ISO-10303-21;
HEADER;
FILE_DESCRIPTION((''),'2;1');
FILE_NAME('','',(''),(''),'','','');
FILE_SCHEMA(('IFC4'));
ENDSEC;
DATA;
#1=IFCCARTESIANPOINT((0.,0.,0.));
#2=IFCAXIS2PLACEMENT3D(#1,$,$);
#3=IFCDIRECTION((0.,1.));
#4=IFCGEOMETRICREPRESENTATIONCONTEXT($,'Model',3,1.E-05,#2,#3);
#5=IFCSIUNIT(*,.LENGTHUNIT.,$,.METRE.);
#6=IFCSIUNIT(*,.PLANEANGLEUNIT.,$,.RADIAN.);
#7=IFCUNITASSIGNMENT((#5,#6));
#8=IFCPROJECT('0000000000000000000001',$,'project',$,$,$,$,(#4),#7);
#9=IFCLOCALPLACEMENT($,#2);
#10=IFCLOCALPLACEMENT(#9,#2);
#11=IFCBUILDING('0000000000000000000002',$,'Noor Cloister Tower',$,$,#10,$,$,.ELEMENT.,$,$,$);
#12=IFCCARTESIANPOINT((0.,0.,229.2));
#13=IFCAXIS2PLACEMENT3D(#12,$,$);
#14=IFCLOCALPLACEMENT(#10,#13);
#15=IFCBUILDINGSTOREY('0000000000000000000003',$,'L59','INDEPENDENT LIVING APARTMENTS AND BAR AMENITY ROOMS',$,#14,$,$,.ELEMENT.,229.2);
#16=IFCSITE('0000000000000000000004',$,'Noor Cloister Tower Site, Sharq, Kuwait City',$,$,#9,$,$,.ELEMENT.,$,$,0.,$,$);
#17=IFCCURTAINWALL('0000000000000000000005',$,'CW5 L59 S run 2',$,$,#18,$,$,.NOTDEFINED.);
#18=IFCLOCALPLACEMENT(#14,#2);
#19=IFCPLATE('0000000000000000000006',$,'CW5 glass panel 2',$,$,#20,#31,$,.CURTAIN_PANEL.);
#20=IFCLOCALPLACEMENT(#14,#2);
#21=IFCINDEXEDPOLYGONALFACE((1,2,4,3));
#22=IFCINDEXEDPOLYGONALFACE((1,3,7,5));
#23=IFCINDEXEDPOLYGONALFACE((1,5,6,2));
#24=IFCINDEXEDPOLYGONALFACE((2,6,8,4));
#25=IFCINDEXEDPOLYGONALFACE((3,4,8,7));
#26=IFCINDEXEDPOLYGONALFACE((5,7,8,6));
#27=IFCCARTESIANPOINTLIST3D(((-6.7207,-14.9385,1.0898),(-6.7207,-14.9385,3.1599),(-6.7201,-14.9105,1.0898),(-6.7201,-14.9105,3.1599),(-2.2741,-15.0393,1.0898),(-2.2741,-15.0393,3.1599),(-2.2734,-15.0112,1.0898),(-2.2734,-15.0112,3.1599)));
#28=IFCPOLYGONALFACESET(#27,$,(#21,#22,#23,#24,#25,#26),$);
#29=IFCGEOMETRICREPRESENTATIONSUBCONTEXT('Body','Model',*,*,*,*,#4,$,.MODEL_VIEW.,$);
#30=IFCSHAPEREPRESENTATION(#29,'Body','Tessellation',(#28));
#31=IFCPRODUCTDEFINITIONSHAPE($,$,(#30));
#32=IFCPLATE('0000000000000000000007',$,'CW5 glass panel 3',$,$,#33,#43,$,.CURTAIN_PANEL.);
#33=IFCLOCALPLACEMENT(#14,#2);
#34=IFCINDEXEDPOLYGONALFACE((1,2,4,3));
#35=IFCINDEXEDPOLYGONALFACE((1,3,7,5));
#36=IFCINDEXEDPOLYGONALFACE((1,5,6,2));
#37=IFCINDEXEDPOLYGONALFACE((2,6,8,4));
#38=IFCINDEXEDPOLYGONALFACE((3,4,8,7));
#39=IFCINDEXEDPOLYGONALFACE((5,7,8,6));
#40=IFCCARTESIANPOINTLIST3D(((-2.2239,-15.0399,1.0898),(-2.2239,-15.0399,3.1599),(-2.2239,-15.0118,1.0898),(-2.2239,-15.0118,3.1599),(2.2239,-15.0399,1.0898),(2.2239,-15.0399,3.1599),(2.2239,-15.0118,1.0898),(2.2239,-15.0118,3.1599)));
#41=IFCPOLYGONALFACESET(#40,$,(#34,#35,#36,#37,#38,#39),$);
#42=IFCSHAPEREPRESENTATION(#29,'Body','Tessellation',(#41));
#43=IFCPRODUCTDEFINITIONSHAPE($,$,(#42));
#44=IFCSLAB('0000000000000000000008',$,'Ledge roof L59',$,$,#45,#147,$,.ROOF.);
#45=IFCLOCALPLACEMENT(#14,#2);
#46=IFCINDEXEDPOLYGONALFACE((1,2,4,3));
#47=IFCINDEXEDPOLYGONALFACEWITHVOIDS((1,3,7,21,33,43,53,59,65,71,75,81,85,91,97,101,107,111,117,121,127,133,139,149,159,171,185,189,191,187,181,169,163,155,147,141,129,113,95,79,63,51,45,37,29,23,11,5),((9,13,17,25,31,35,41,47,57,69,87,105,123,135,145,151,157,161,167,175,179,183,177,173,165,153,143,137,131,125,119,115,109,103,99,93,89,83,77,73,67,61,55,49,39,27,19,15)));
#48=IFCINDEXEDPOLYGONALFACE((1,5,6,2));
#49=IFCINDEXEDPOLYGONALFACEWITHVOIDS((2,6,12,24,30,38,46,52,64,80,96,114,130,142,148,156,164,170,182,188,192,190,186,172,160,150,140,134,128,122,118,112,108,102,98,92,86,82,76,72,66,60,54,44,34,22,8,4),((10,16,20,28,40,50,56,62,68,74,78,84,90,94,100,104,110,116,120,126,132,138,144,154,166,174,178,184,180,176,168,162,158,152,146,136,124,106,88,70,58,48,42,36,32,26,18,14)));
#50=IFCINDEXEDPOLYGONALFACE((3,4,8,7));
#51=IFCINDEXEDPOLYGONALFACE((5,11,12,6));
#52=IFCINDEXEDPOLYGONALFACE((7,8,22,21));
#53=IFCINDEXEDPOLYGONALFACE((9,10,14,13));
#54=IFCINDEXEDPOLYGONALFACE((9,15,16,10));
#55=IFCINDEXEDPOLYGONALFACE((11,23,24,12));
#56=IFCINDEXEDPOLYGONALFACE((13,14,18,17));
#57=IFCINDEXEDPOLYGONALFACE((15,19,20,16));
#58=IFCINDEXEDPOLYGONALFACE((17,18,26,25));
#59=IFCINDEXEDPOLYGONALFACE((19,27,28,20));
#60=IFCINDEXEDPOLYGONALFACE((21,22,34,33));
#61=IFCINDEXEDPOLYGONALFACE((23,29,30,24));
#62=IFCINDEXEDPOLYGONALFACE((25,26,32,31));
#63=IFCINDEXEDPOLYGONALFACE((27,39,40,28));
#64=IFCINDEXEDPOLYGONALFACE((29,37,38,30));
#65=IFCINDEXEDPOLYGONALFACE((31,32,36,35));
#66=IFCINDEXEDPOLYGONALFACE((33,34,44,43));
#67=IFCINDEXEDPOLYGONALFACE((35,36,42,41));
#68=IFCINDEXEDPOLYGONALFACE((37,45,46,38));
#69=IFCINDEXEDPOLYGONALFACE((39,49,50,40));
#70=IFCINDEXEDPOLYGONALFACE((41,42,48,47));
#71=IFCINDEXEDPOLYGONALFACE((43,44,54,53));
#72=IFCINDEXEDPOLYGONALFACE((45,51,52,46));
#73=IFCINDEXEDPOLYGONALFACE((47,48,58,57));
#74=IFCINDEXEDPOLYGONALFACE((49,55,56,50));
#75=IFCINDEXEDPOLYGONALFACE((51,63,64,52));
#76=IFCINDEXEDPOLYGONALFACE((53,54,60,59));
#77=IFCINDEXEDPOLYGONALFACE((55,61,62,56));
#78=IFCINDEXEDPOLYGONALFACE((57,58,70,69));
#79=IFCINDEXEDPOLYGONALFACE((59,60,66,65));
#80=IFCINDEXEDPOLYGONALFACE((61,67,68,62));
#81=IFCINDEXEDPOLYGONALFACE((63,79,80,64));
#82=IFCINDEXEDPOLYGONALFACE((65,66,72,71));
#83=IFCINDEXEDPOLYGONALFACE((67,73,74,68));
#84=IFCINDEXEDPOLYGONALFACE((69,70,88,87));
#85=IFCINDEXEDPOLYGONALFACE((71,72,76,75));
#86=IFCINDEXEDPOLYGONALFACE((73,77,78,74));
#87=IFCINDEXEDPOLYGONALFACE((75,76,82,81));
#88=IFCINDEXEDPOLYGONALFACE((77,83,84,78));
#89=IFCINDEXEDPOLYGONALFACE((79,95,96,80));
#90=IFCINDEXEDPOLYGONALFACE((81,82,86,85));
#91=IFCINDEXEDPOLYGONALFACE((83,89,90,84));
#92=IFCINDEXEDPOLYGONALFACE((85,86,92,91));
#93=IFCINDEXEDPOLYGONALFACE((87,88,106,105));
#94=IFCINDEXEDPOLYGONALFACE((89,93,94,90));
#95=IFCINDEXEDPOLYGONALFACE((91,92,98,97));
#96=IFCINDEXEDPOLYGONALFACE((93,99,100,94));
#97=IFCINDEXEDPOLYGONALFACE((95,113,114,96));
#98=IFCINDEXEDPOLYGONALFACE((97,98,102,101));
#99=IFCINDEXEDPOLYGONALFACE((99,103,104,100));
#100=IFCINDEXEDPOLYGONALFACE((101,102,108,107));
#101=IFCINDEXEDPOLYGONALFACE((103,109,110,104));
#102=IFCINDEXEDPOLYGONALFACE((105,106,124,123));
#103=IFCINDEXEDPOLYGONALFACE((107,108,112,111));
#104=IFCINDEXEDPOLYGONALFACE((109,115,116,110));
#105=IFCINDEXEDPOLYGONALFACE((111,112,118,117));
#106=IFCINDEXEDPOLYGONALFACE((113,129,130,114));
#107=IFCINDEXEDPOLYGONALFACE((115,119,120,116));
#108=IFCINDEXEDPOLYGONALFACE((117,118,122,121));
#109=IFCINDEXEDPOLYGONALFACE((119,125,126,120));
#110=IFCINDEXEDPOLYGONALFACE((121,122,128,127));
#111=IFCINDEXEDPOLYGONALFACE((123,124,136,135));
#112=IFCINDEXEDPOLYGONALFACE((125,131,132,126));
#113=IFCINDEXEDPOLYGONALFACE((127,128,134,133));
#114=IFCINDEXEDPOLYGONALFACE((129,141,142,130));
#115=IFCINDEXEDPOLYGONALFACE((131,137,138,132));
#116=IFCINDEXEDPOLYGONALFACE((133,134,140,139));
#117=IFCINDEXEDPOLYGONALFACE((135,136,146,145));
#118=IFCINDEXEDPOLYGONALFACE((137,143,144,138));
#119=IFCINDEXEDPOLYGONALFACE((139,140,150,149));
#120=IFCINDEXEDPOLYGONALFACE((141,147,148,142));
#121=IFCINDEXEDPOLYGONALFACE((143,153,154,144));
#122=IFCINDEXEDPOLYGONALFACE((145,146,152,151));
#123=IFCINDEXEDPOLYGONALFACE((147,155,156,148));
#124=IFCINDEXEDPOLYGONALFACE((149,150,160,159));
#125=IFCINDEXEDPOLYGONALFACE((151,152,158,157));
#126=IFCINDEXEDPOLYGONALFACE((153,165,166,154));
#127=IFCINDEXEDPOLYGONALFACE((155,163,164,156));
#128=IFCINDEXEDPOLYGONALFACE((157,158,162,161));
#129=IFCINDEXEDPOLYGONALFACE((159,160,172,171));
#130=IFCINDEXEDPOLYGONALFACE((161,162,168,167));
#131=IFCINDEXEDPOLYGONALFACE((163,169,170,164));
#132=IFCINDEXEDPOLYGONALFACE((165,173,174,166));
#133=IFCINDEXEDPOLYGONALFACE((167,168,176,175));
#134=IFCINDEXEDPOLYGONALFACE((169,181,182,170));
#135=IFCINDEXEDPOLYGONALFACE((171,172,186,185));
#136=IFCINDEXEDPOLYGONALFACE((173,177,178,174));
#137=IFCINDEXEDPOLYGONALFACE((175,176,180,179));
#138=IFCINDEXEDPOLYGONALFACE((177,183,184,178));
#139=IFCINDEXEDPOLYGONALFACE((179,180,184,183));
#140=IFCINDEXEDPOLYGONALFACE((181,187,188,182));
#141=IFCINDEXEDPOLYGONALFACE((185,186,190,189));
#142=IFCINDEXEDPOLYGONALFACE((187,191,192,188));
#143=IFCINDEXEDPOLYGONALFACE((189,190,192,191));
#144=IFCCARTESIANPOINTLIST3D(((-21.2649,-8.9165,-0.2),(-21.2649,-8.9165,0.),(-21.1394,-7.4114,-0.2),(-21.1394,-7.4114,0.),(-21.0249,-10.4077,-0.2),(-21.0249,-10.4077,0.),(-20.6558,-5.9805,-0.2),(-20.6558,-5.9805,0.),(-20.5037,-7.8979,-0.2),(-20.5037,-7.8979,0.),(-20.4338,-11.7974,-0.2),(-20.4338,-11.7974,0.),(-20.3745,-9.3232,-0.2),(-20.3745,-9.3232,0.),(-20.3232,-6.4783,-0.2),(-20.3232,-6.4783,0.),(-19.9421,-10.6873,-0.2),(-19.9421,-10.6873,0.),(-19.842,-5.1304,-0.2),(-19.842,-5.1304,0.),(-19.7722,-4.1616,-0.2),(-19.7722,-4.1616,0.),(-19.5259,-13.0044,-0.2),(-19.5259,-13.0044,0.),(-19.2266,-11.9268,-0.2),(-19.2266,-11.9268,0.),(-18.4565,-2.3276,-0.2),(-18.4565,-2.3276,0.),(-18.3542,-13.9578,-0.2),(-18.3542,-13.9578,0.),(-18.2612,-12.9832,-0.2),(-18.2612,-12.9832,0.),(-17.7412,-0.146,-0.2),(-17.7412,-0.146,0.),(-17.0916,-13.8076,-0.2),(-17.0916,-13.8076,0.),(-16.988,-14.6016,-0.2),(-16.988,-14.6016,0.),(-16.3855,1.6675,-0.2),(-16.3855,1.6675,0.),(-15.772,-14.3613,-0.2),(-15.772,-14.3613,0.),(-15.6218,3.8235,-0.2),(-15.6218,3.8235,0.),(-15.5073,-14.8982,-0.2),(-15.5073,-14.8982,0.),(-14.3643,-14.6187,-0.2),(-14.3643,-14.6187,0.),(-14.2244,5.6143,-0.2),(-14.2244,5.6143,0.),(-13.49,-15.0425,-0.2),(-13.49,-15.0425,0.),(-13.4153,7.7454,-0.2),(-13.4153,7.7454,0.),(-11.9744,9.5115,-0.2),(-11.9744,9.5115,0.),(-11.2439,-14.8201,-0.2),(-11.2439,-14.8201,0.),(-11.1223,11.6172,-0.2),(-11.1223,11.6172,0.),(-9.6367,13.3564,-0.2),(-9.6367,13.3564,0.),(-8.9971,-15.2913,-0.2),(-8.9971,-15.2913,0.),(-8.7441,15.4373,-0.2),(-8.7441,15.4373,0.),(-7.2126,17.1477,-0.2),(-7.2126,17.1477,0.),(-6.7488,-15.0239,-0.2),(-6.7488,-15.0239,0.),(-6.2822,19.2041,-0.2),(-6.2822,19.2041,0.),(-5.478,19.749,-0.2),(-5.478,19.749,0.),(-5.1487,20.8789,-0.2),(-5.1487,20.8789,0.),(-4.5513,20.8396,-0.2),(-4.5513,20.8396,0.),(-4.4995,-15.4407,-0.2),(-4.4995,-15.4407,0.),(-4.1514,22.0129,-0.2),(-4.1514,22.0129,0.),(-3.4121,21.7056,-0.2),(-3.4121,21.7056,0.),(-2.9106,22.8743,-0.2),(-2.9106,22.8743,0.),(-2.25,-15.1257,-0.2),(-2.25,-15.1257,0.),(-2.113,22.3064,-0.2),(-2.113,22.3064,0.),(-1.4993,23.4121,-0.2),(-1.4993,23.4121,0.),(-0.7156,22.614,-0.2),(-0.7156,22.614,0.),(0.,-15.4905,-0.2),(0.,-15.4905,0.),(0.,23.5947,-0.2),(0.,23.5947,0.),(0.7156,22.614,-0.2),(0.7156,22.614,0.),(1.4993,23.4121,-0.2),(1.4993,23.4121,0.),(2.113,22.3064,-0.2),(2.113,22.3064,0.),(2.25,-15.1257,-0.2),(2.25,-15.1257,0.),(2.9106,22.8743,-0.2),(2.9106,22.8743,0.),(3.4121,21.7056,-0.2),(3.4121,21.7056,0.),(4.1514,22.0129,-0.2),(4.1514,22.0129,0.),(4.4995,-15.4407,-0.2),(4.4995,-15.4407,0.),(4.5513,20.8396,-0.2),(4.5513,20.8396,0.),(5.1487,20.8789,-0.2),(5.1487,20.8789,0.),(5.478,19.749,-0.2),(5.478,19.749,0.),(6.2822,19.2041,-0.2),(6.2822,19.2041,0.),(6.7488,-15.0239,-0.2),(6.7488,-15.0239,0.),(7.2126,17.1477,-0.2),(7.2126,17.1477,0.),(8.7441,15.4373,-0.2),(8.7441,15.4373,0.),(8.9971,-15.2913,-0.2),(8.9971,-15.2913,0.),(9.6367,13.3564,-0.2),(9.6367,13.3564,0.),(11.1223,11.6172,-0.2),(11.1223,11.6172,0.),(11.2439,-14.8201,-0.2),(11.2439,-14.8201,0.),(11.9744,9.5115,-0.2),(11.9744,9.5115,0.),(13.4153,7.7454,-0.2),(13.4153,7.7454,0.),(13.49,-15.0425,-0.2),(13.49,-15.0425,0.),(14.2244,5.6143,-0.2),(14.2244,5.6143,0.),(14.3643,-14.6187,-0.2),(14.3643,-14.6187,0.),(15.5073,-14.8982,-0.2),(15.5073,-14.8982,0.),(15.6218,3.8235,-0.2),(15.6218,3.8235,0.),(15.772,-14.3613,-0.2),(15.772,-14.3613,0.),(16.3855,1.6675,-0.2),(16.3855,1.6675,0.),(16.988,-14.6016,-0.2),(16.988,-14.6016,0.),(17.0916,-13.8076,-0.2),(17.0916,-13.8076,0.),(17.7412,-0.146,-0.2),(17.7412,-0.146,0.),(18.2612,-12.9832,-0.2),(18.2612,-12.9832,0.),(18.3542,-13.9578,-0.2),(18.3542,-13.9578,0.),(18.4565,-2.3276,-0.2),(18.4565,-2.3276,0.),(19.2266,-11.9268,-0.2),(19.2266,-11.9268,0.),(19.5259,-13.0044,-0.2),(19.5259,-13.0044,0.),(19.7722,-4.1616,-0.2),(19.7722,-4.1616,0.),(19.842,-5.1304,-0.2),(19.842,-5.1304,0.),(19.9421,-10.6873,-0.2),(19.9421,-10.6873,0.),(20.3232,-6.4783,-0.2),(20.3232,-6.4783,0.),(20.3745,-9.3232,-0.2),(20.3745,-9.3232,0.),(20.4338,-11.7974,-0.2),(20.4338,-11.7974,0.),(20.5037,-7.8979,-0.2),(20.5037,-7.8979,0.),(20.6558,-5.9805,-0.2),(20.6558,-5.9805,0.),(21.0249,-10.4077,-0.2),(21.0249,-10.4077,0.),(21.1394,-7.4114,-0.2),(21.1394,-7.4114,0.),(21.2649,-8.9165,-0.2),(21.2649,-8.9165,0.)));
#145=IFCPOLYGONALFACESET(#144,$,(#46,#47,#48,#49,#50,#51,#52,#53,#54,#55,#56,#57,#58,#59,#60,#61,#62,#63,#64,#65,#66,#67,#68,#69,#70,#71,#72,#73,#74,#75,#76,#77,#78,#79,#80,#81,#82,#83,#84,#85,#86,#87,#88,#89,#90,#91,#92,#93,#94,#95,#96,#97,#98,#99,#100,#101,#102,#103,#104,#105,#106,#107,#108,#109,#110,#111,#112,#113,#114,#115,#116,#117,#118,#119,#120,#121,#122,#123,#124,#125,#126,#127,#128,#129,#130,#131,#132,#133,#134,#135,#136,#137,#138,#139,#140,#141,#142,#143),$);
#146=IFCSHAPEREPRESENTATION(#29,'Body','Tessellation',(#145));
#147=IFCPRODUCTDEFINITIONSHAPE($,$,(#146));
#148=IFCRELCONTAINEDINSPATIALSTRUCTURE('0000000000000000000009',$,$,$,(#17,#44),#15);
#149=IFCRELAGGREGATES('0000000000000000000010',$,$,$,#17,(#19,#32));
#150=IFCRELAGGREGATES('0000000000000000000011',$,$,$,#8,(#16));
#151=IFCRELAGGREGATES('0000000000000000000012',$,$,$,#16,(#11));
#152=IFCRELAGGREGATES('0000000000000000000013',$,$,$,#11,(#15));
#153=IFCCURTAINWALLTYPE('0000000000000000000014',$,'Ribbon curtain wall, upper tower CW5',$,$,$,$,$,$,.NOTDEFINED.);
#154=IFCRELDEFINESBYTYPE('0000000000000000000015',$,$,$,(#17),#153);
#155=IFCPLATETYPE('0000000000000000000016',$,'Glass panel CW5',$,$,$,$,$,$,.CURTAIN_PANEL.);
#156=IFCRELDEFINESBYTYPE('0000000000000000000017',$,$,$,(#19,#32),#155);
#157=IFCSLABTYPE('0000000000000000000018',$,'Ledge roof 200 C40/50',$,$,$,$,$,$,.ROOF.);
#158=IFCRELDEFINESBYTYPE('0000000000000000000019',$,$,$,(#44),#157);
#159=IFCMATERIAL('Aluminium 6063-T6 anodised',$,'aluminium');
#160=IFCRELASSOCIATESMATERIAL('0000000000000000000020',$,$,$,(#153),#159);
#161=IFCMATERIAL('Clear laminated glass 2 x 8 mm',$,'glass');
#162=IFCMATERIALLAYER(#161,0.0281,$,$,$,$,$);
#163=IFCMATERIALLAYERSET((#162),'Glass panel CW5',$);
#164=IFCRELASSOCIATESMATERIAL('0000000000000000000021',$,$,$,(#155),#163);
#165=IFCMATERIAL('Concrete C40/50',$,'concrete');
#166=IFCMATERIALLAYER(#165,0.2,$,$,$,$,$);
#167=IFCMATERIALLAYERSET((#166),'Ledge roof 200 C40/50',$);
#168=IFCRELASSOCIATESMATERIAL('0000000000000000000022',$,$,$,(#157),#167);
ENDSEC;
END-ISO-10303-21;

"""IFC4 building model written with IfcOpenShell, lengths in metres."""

from ifc_helpers import new_model, si_unit, direction, frame, origin, origin_2d, place, context, subcontext, project, spatial, polyline, rectangle, outline, extrude, material, layer, layer_set, type_object, element, aggregate, save


model = new_model("IFC4")

# Units and contexts
model_context = context("Model", 3, precision=1e-05, world=origin(), true_north=direction((0.0, 1.0)))
body_context = subcontext(model_context, "Body", "Model", "MODEL_VIEW")
ifc_project = project(units=[si_unit("LENGTHUNIT", "METRE"), si_unit("PLANEANGLEUNIT", "RADIAN")], contexts=[model_context])

# Site, building, storey
site_placement = place(None, origin())
site = spatial("IfcSite", under=ifc_project, at=site_placement, Name="Noor Cloister Tower Site, Sharq, Kuwait City", CompositionType="ELEMENT", RefElevation=0.0)
building_placement = place(site_placement, origin())
building = spatial("IfcBuilding", under=site, at=building_placement, Name="Noor Cloister Tower", CompositionType="ELEMENT")
storey_placement = place(building_placement, frame((0.0, 0.0, 229.2)))
storey = spatial("IfcBuildingStorey", under=building, at=storey_placement, Name="L59", Description="INDEPENDENT LIVING APARTMENTS AND BAR AMENITY ROOMS", CompositionType="ELEMENT", Elevation=229.2)

# Curtain wall
ifc_material_1 = material(Name="Aluminium 6063-T6 anodised", Category="aluminium")
curtain_wall_type = type_object("IfcCurtainWallType", Name="Ribbon curtain wall, upper tower CW5", PredefinedType="NOTDEFINED", material=ifc_material_1)
curtain_wall_1_placement = place(storey_placement, origin())
curtain_wall_1 = element("IfcCurtainWall", 1, at=curtain_wall_1_placement, inside=storey, type_object=curtain_wall_type, Name="CW5 L59 S run 2", PredefinedType="NOTDEFINED")

# Plates
ifc_material_2 = material(Name="Clear laminated glass 2 x 8 mm", Category="glass")
ifc_layer_1 = layer(ifc_material_2, 0.0281)
ifc_layer_set_1 = layer_set([ifc_layer_1], Name="Glass panel CW5")
plate_type = type_object("IfcPlateType", Name="Glass panel CW5", PredefinedType="CURTAIN_PANEL", material=ifc_layer_set_1)
plate_1_placement = place(storey_placement, frame((-4.4971, -14.9749, 1.0898), z_axis=(0.0, 0.0, 1.0), x_axis=(0.999743, -0.022649, 0.0)))
plate_1 = element("IfcPlate", 2, at=plate_1_placement, type_object=plate_type, Name="CW5 glass panel 2", PredefinedType="CURTAIN_PANEL", context=body_context, shape_type="SweptSolid", body=[
    extrude(rectangle(XDim=4.4478, YDim=0.0281, at=origin_2d()), origin(), (0.0, 0.0, 1.0), 2.0701),
])
plate_2_placement = place(storey_placement, frame((0.0, -15.0259, 1.0898), z_axis=(0.0, 0.0, 1.0), x_axis=(1.0, 0.0, 0.0)))
plate_2 = element("IfcPlate", 3, at=plate_2_placement, type_object=plate_type, Name="CW5 glass panel 3", PredefinedType="CURTAIN_PANEL", context=body_context, shape_type="SweptSolid", body=[
    extrude(rectangle(XDim=4.4478, YDim=0.0281, at=origin_2d()), origin(), (0.0, 0.0, 1.0), 2.0701),
])
aggregate(curtain_wall_1, [plate_1, plate_2])

# Slab
ifc_material_3 = material(Name="Concrete C40/50", Category="concrete")
ifc_layer_2 = layer(ifc_material_3, 0.2)
ifc_layer_set_2 = layer_set([ifc_layer_2], Name="Ledge roof 200 C40/50")
slab_type_1 = type_object("IfcSlabType", Name="Ledge roof 200 C40/50", PredefinedType="ROOF", material=ifc_layer_set_2)
slab_1_placement = place(storey_placement, frame((0.0, 0.0, -0.2)))
element("IfcSlab", 4, at=slab_1_placement, inside=storey, type_object=slab_type_1, Name="Ledge roof L59", PredefinedType="ROOF", context=body_context, shape_type="SweptSolid", body=[
    extrude(outline(polyline([(6.2822, 19.2041), (5.1487, 20.8789), (4.1514, 22.0129), (2.9106, 22.8743), (1.4993, 23.4121), (0.0, 23.5947), (-1.4993, 23.4121), (-2.9106, 22.8743), (-4.1514, 22.0129), (-5.1487, 20.8789), (-6.2822, 19.2041), (-8.7441, 15.4373), (-11.1223, 11.6172), (-13.4153, 7.7454), (-15.6218, 3.8235), (-17.7412, -0.146), (-19.7722, -4.1616), (-20.6558, -5.9805), (-21.1394, -7.4114), (-21.2649, -8.9165), (-21.0249, -10.4077), (-20.4338, -11.7974), (-19.5259, -13.0044), (-18.3542, -13.9578), (-16.988, -14.6016), (-15.5073, -14.8982), (-13.49, -15.0425), (-8.9971, -15.2913), (-4.4995, -15.4407), (0.0, -15.4905), (4.4995, -15.4407), (8.9971, -15.2913), (13.49, -15.0425), (15.5073, -14.8982), (16.988, -14.6016), (18.3542, -13.9578), (19.5259, -13.0044), (20.4338, -11.7974), (21.0249, -10.4077), (21.2649, -8.9165), (21.1394, -7.4114), (20.6558, -5.9805), (19.7722, -4.1616), (17.7412, -0.146), (15.6218, 3.8235), (13.4153, 7.7454), (11.1223, 11.6172), (8.7441, 15.4373), (6.2822, 19.2041)]), holes=[polyline([(3.4121, 21.7056), (2.113, 22.3064), (0.7156, 22.614), (-0.7156, 22.614), (-2.113, 22.3064), (-3.4121, 21.7056), (-4.5513, 20.8396), (-5.478, 19.749), (-7.2126, 17.1477), (-9.6367, 13.3564), (-11.9744, 9.5115), (-14.2244, 5.6143), (-16.3855, 1.6675), (-18.4565, -2.3276), (-19.842, -5.1304), (-20.3232, -6.4783), (-20.5037, -7.8979), (-20.3745, -9.3232), (-19.9421, -10.6873), (-19.2266, -11.9268), (-18.2612, -12.9832), (-17.0916, -13.8076), (-15.772, -14.3613), (-14.3643, -14.6187), (-11.2439, -14.8201), (-6.7488, -15.0239), (-2.25, -15.1257), (2.25, -15.1257), (6.7488, -15.0239), (11.2439, -14.8201), (14.3643, -14.6187), (15.772, -14.3613), (17.0916, -13.8076), (18.2612, -12.9832), (19.2266, -11.9268), (19.9421, -10.6873), (20.3745, -9.3232), (20.5037, -7.8979), (20.3232, -6.4783), (19.842, -5.1304), (18.4565, -2.3276), (16.3855, 1.6675), (14.2244, 5.6143), (11.9744, 9.5115), (9.6367, 13.3564), (7.2126, 17.1477), (5.478, 19.749), (4.5513, 20.8396), (3.4121, 21.7056)])]), origin(), (0.0, 0.0, 1.0), 0.2),
])

save(model, "model.ifc")
